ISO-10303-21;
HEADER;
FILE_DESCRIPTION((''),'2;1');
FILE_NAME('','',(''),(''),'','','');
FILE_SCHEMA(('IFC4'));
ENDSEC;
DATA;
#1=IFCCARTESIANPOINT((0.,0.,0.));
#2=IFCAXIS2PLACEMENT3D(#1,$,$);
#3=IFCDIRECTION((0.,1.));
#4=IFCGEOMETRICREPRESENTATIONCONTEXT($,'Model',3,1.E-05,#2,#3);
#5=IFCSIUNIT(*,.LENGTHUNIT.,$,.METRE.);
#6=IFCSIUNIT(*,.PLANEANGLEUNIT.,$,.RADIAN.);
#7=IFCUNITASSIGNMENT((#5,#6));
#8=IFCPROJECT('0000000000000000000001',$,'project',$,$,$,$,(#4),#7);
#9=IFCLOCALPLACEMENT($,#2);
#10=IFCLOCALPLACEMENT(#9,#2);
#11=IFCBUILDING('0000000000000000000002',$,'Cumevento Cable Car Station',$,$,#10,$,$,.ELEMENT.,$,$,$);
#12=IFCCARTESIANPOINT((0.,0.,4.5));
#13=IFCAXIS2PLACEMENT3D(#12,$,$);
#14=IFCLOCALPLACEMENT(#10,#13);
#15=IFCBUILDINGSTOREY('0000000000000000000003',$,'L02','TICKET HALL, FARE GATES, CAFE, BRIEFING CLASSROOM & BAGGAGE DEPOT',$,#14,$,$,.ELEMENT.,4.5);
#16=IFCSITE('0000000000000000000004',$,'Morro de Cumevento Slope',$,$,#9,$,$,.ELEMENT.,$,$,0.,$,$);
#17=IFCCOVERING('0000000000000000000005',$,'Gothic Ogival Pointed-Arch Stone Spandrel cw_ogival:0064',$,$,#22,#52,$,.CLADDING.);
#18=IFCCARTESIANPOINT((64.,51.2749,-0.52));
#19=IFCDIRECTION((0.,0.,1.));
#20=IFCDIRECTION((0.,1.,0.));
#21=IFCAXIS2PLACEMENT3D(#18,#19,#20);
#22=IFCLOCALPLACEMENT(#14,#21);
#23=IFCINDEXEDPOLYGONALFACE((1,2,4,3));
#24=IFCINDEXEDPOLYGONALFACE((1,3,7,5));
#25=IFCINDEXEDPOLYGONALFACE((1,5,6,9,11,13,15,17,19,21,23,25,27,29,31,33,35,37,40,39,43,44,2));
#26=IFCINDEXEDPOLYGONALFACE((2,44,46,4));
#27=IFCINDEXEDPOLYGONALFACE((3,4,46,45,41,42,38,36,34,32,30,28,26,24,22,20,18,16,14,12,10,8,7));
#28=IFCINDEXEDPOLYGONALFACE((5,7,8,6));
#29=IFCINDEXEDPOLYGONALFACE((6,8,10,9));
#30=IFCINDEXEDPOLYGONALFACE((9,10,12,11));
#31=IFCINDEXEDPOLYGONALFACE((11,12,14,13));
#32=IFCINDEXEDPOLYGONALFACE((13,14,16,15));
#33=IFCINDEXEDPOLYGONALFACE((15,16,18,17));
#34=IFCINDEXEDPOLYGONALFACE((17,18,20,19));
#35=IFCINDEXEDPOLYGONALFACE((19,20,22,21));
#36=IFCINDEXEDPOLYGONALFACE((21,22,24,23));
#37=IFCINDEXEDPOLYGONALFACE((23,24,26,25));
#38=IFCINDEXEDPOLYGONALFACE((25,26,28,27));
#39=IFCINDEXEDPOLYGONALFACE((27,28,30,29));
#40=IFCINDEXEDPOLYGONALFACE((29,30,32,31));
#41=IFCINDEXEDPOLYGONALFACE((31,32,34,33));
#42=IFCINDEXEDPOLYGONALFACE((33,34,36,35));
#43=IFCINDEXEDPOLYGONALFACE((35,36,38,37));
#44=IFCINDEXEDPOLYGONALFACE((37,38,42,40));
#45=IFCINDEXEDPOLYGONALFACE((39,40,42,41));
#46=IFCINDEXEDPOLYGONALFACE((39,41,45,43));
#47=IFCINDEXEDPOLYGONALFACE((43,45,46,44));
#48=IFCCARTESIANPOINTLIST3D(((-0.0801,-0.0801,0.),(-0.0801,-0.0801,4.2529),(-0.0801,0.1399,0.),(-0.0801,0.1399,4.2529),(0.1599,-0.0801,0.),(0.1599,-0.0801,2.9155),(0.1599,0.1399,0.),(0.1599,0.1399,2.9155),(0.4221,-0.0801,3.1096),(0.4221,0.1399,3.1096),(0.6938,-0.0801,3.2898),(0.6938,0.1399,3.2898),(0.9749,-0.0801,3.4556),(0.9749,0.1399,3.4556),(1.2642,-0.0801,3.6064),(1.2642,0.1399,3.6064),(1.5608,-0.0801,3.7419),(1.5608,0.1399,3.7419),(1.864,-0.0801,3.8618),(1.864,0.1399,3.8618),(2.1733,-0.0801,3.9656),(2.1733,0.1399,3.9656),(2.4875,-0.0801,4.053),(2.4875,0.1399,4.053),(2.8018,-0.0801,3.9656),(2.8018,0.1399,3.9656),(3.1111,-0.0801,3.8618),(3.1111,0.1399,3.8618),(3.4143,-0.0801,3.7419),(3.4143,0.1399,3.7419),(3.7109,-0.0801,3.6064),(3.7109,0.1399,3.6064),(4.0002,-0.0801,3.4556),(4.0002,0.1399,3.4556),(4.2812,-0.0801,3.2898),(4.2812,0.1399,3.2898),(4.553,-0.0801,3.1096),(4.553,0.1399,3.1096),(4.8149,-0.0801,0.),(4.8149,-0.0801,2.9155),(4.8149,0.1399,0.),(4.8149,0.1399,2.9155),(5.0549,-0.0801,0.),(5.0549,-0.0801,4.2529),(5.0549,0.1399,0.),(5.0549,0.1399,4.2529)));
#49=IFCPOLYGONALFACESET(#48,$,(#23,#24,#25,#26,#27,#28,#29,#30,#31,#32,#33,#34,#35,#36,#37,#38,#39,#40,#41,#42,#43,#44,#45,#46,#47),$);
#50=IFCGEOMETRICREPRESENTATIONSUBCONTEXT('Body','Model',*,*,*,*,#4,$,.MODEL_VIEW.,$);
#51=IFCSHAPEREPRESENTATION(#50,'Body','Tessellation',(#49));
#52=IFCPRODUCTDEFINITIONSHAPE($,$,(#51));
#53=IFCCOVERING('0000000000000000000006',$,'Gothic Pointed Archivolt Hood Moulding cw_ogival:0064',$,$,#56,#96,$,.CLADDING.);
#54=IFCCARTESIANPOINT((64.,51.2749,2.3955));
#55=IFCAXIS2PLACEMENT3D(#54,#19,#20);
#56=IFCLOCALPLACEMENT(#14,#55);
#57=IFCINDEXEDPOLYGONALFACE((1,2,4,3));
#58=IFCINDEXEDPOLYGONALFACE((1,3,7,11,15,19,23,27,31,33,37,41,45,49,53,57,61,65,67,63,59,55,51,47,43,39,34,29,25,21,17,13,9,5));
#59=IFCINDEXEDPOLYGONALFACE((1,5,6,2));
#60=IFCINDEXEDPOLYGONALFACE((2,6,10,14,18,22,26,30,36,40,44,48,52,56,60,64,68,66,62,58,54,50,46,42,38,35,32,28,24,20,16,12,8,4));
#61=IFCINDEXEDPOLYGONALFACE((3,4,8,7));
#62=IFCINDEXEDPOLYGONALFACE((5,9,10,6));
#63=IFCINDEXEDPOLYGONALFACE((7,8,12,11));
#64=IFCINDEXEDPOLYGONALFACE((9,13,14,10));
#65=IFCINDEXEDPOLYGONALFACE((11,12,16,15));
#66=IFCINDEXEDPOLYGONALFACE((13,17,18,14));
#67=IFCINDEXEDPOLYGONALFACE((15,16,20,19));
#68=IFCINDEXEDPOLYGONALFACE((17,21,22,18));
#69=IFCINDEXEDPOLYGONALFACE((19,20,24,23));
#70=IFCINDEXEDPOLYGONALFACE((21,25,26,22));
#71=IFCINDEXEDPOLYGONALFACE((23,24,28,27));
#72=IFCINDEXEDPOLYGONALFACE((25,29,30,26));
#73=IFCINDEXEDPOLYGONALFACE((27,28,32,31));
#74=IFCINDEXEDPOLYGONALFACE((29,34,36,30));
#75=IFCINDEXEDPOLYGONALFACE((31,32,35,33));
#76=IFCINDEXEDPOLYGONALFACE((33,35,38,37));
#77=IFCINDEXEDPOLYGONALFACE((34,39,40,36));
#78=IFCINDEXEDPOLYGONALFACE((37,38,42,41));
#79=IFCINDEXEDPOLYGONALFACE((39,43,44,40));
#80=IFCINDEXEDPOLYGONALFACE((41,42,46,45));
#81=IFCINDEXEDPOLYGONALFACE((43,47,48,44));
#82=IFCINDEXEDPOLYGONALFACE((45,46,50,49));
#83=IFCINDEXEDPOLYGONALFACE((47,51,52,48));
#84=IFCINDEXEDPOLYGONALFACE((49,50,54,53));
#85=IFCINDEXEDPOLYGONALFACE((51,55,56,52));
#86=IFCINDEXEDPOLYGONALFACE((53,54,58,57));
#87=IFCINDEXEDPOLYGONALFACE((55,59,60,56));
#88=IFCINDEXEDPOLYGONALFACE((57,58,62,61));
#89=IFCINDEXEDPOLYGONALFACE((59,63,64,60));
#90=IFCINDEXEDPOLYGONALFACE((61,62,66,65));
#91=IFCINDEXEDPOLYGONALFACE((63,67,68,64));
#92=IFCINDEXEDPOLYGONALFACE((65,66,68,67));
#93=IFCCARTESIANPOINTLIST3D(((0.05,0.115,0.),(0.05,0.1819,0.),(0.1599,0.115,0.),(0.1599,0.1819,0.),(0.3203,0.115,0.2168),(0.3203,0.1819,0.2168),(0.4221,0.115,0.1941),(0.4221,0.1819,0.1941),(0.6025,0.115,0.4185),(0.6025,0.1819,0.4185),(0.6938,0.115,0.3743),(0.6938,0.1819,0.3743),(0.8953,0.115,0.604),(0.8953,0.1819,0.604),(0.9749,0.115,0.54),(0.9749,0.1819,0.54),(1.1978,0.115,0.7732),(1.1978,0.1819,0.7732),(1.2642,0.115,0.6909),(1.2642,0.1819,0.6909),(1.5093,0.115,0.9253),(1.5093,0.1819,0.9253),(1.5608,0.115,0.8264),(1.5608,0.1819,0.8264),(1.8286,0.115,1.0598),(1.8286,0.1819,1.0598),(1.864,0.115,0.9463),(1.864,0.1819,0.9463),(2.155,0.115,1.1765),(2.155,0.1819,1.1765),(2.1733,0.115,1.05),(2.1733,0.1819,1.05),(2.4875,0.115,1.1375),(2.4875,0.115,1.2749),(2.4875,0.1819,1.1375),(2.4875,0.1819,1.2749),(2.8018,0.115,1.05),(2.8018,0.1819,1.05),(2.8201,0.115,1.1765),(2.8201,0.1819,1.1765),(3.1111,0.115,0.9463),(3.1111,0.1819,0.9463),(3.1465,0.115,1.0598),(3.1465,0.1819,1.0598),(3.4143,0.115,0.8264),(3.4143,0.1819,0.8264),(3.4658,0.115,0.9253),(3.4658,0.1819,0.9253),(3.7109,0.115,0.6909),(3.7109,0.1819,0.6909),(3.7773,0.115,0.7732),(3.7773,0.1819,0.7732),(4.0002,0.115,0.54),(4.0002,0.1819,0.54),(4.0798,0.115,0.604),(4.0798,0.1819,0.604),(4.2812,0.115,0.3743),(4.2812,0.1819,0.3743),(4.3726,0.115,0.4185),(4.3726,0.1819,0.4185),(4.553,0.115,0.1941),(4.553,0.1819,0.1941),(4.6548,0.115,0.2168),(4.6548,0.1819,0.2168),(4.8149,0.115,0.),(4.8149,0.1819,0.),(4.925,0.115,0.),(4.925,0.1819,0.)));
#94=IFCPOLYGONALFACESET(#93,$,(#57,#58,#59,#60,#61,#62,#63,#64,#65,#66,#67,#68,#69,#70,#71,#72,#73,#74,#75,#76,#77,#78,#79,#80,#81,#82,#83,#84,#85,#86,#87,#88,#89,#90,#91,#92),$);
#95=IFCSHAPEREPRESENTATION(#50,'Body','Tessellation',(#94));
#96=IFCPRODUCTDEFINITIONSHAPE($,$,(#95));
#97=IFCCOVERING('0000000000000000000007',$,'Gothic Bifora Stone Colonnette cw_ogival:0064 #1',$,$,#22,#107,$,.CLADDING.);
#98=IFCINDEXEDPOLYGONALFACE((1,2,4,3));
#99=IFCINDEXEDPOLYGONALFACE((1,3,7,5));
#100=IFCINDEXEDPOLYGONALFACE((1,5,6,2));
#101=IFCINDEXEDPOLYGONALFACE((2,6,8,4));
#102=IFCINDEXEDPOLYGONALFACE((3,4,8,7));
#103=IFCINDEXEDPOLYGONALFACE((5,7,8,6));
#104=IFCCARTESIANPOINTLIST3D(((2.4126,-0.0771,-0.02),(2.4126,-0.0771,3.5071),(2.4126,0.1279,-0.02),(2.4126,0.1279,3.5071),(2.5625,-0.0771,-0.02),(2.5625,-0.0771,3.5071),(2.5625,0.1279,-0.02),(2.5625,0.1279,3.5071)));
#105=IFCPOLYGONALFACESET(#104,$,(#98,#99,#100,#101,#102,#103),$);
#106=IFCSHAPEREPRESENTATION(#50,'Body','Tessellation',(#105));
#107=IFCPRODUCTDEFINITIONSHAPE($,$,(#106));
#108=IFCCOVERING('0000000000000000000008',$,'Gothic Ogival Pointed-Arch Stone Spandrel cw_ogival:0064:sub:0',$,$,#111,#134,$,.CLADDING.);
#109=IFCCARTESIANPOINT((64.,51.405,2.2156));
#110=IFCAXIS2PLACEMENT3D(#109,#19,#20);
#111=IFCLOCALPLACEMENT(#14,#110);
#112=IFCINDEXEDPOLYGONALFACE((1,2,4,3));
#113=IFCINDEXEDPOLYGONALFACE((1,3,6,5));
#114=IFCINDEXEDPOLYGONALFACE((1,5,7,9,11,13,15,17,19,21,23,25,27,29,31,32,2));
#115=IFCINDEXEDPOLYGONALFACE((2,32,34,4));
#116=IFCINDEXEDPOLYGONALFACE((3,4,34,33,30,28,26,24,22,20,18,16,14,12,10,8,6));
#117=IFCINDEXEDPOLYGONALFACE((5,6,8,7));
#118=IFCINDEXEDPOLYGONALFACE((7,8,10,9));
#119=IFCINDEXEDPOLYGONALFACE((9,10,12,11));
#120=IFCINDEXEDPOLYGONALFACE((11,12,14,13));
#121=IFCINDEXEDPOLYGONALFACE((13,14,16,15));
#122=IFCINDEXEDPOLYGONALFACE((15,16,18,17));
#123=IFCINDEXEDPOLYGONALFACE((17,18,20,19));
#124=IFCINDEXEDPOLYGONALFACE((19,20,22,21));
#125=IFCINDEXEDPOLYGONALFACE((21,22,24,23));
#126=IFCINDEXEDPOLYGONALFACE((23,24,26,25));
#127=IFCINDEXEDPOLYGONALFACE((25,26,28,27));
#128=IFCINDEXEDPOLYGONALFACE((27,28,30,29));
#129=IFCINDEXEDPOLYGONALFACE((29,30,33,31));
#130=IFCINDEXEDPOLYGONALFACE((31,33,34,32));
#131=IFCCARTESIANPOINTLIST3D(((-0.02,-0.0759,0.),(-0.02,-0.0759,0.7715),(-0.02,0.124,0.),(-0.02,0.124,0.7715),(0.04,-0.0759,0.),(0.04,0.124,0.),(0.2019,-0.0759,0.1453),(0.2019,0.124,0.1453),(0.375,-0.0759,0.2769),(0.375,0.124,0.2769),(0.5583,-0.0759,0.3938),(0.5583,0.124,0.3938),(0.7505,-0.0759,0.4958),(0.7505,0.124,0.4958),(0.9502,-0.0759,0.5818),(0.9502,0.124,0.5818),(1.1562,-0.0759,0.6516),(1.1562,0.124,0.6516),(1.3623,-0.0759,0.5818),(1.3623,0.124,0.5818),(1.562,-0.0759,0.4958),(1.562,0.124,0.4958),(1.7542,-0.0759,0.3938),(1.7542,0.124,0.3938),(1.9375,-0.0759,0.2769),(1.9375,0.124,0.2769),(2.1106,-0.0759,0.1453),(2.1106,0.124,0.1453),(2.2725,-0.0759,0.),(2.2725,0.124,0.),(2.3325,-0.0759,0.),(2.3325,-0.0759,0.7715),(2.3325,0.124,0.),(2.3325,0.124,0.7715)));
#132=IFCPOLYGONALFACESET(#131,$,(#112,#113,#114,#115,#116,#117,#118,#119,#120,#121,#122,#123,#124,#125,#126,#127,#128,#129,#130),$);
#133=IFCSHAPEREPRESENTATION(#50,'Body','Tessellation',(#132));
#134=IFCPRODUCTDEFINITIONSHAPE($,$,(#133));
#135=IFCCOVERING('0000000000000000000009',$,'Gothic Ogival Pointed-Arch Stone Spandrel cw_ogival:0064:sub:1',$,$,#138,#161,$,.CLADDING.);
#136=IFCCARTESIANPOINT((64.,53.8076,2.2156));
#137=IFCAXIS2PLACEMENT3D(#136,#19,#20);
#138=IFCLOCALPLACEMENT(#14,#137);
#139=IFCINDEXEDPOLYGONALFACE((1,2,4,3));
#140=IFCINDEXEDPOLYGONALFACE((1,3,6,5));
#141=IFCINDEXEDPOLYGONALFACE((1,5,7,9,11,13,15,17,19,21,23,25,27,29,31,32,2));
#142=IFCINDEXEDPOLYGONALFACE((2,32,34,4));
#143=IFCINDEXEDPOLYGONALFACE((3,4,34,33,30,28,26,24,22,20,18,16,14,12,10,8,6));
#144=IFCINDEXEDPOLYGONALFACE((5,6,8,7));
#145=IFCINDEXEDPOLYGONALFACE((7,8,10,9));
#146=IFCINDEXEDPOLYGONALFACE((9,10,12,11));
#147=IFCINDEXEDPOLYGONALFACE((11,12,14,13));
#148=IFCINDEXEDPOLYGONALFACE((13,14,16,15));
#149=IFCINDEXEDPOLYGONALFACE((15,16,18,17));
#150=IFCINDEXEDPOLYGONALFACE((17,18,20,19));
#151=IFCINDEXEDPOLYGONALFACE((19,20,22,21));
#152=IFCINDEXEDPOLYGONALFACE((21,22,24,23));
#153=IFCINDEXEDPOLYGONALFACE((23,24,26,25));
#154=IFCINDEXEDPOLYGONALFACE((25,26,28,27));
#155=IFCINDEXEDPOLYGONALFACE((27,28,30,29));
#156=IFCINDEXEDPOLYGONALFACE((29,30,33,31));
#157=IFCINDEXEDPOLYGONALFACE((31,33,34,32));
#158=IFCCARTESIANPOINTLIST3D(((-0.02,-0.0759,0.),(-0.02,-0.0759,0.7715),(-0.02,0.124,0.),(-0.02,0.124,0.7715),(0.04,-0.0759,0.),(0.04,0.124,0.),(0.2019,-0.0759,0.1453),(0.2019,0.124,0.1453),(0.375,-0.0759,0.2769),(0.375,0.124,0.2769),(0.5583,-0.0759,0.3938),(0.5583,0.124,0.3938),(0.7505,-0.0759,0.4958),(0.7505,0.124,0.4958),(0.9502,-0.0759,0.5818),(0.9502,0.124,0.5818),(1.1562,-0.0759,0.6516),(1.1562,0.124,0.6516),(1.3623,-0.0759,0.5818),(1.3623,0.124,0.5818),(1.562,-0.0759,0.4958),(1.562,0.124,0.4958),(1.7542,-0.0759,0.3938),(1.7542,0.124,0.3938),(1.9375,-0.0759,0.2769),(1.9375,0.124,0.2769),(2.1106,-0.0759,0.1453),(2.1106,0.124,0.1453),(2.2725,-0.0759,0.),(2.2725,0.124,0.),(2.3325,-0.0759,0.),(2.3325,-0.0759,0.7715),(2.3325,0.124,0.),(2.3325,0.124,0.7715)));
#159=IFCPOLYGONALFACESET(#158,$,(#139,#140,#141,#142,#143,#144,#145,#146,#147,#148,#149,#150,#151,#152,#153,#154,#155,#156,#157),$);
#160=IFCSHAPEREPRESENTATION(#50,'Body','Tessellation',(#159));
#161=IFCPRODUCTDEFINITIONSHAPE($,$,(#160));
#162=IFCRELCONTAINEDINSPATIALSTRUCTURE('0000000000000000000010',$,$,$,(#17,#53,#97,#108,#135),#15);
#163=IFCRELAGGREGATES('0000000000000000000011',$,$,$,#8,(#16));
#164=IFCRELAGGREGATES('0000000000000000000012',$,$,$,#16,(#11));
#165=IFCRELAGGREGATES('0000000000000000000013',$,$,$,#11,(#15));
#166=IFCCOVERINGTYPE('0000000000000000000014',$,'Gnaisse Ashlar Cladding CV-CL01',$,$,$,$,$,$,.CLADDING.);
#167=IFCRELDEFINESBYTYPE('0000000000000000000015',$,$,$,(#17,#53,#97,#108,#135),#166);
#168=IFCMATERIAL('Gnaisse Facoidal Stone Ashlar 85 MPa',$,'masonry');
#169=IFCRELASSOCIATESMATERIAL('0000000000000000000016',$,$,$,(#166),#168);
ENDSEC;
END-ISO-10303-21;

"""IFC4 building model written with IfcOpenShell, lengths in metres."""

from ifc_helpers import new_model, si_unit, direction, frame, origin, place, context, subcontext, project, spatial, polyline, outline, extrude, material, type_object, element, save


model = new_model("IFC4")

# Units and contexts
model_context = context("Model", 3, precision=1e-05, world=origin(), true_north=direction((0.0, 1.0)))
body_context = subcontext(model_context, "Body", "Model", "MODEL_VIEW")
ifc_project = project(units=[si_unit("LENGTHUNIT", "METRE"), si_unit("PLANEANGLEUNIT", "RADIAN")], contexts=[model_context])

# Site, building, storey
site_placement = place(None, origin())
site = spatial("IfcSite", under=ifc_project, at=site_placement, Name="Morro de Cumevento Slope", CompositionType="ELEMENT", RefElevation=0.0)
building_placement = place(site_placement, origin())
building = spatial("IfcBuilding", under=site, at=building_placement, Name="Cumevento Cable Car Station", CompositionType="ELEMENT")
storey_placement = place(building_placement, frame((0.0, 0.0, 4.5)))
storey = spatial("IfcBuildingStorey", under=building, at=storey_placement, Name="L02", Description="TICKET HALL, FARE GATES, CAFE, BRIEFING CLASSROOM & BAGGAGE DEPOT", CompositionType="ELEMENT", Elevation=4.5)

# Coverings
ifc_material_1 = material(Name="Gnaisse Facoidal Stone Ashlar 85 MPa", Category="masonry")
covering_type = type_object("IfcCoveringType", Name="Gnaisse Ashlar Cladding CV-CL01", PredefinedType="CLADDING", material=ifc_material_1)
placement = place(storey_placement, frame((64.0, 51.2749, -0.52), z_axis=(0.0, 0.0, 1.0), x_axis=(0.0, 1.0, 0.0)))
element("IfcCovering", 1, at=placement, inside=storey, type_object=covering_type, Name="Gothic Ogival Pointed-Arch Stone Spandrel cw_ogival:0064", PredefinedType="CLADDING", context=body_context, shape_type="SweptSolid", body=[
    extrude(outline(polyline([(-0.0801, 0.0), (-0.0801, 4.2529), (5.0549, 4.2529), (5.0549, 0.0), (4.8149, 0.0), (4.8149, 2.9155), (4.553, 3.1096), (4.2812, 3.2898), (4.0002, 3.4556), (3.7109, 3.6064), (3.4143, 3.7419), (3.1111, 3.8618), (2.8018, 3.9656), (2.4875, 4.053), (2.1733, 3.9656), (1.864, 3.8618), (1.5608, 3.7419), (1.2642, 3.6064), (0.9749, 3.4556), (0.6938, 3.2898), (0.4221, 3.1096), (0.1599, 2.9155), (0.1599, 0.0), (-0.0801, 0.0)])), frame((0.0, 0.1399, 0.0), z_axis=(0.0, -1.0, 0.0), x_axis=(1.0, 0.0, 0.0)), (0.0, 0.0, 1.0), 0.22),
])
covering_1_placement = place(storey_placement, frame((64.0, 51.2749, 2.3955), z_axis=(0.0, 0.0, 1.0), x_axis=(0.0, 1.0, 0.0)))
element("IfcCovering", 2, at=covering_1_placement, inside=storey, type_object=covering_type, Name="Gothic Pointed Archivolt Hood Moulding cw_ogival:0064", PredefinedType="CLADDING", context=body_context, shape_type="SweptSolid", body=[
    extrude(outline(polyline([(0.1599, 0.0), (0.4221, 0.1941), (0.6938, 0.3743), (0.9749, 0.54), (1.2642, 0.6909), (1.5608, 0.8264), (1.864, 0.9463), (2.1733, 1.05), (2.4875, 1.1375), (2.8018, 1.05), (3.1111, 0.9463), (3.4143, 0.8264), (3.7109, 0.6909), (4.0002, 0.54), (4.2812, 0.3743), (4.553, 0.1941), (4.8149, 0.0), (4.925, 0.0), (4.6548, 0.2168), (4.3726, 0.4185), (4.0798, 0.604), (3.7773, 0.7732), (3.4658, 0.9253), (3.1465, 1.0598), (2.8201, 1.1765), (2.4875, 1.2749), (2.155, 1.1765), (1.8286, 1.0598), (1.5093, 0.9253), (1.1978, 0.7732), (0.8953, 0.604), (0.6025, 0.4185), (0.3203, 0.2168), (0.05, 0.0), (0.1599, 0.0)])), frame((0.0, 0.1819, 0.0), z_axis=(0.0, -1.0, 0.0), x_axis=(1.0, 0.0, 0.0)), (0.0, 0.0, 1.0), 0.0669),
])
element("IfcCovering", 3, at=placement, inside=storey, type_object=covering_type, Name="Gothic Bifora Stone Colonnette cw_ogival:0064 #1", PredefinedType="CLADDING", context=body_context, shape_type="SweptSolid", body=[
    extrude(outline(polyline([(2.4126, -0.02), (2.5625, -0.02), (2.5625, 3.5071), (2.4126, 3.5071), (2.4126, -0.02)])), frame((0.0, 0.1279, 0.0), z_axis=(0.0, -1.0, 0.0), x_axis=(1.0, 0.0, 0.0)), (0.0, 0.0, 1.0), 0.2051),
])
for number, where, z_axis, x_axis, name in (
    (4, (64.0, 51.405, 2.2156), (0.0, 0.0, 1.0), (0.0, 1.0, 0.0), "Gothic Ogival Pointed-Arch Stone Spandrel cw_ogival:0064:sub:0"),
    (5, (64.0, 53.8076, 2.2156), (0.0, 0.0, 1.0), (0.0, 1.0, 0.0), "Gothic Ogival Pointed-Arch Stone Spandrel cw_ogival:0064:sub:1"),
):
    element("IfcCovering", number, at=place(storey_placement, frame(where, z_axis=z_axis, x_axis=x_axis)), inside=storey, type_object=covering_type, Name=name, PredefinedType="CLADDING", context=body_context, shape_type="SweptSolid", body=[
        extrude(outline(polyline([(-0.02, 0.0), (-0.02, 0.7715), (2.3325, 0.7715), (2.3325, 0.0), (2.2725, 0.0), (2.1106, 0.1453), (1.9375, 0.2769), (1.7542, 0.3938), (1.562, 0.4958), (1.3623, 0.5818), (1.1562, 0.6516), (0.9502, 0.5818), (0.7505, 0.4958), (0.5583, 0.3938), (0.375, 0.2769), (0.2019, 0.1453), (0.04, 0.0), (-0.02, 0.0)])), frame((0.0, 0.124, 0.0), z_axis=(0.0, -1.0, 0.0), x_axis=(1.0, 0.0, 0.0)), (0.0, 0.0, 1.0), 0.2),
    ])

save(model, "model.ifc")
